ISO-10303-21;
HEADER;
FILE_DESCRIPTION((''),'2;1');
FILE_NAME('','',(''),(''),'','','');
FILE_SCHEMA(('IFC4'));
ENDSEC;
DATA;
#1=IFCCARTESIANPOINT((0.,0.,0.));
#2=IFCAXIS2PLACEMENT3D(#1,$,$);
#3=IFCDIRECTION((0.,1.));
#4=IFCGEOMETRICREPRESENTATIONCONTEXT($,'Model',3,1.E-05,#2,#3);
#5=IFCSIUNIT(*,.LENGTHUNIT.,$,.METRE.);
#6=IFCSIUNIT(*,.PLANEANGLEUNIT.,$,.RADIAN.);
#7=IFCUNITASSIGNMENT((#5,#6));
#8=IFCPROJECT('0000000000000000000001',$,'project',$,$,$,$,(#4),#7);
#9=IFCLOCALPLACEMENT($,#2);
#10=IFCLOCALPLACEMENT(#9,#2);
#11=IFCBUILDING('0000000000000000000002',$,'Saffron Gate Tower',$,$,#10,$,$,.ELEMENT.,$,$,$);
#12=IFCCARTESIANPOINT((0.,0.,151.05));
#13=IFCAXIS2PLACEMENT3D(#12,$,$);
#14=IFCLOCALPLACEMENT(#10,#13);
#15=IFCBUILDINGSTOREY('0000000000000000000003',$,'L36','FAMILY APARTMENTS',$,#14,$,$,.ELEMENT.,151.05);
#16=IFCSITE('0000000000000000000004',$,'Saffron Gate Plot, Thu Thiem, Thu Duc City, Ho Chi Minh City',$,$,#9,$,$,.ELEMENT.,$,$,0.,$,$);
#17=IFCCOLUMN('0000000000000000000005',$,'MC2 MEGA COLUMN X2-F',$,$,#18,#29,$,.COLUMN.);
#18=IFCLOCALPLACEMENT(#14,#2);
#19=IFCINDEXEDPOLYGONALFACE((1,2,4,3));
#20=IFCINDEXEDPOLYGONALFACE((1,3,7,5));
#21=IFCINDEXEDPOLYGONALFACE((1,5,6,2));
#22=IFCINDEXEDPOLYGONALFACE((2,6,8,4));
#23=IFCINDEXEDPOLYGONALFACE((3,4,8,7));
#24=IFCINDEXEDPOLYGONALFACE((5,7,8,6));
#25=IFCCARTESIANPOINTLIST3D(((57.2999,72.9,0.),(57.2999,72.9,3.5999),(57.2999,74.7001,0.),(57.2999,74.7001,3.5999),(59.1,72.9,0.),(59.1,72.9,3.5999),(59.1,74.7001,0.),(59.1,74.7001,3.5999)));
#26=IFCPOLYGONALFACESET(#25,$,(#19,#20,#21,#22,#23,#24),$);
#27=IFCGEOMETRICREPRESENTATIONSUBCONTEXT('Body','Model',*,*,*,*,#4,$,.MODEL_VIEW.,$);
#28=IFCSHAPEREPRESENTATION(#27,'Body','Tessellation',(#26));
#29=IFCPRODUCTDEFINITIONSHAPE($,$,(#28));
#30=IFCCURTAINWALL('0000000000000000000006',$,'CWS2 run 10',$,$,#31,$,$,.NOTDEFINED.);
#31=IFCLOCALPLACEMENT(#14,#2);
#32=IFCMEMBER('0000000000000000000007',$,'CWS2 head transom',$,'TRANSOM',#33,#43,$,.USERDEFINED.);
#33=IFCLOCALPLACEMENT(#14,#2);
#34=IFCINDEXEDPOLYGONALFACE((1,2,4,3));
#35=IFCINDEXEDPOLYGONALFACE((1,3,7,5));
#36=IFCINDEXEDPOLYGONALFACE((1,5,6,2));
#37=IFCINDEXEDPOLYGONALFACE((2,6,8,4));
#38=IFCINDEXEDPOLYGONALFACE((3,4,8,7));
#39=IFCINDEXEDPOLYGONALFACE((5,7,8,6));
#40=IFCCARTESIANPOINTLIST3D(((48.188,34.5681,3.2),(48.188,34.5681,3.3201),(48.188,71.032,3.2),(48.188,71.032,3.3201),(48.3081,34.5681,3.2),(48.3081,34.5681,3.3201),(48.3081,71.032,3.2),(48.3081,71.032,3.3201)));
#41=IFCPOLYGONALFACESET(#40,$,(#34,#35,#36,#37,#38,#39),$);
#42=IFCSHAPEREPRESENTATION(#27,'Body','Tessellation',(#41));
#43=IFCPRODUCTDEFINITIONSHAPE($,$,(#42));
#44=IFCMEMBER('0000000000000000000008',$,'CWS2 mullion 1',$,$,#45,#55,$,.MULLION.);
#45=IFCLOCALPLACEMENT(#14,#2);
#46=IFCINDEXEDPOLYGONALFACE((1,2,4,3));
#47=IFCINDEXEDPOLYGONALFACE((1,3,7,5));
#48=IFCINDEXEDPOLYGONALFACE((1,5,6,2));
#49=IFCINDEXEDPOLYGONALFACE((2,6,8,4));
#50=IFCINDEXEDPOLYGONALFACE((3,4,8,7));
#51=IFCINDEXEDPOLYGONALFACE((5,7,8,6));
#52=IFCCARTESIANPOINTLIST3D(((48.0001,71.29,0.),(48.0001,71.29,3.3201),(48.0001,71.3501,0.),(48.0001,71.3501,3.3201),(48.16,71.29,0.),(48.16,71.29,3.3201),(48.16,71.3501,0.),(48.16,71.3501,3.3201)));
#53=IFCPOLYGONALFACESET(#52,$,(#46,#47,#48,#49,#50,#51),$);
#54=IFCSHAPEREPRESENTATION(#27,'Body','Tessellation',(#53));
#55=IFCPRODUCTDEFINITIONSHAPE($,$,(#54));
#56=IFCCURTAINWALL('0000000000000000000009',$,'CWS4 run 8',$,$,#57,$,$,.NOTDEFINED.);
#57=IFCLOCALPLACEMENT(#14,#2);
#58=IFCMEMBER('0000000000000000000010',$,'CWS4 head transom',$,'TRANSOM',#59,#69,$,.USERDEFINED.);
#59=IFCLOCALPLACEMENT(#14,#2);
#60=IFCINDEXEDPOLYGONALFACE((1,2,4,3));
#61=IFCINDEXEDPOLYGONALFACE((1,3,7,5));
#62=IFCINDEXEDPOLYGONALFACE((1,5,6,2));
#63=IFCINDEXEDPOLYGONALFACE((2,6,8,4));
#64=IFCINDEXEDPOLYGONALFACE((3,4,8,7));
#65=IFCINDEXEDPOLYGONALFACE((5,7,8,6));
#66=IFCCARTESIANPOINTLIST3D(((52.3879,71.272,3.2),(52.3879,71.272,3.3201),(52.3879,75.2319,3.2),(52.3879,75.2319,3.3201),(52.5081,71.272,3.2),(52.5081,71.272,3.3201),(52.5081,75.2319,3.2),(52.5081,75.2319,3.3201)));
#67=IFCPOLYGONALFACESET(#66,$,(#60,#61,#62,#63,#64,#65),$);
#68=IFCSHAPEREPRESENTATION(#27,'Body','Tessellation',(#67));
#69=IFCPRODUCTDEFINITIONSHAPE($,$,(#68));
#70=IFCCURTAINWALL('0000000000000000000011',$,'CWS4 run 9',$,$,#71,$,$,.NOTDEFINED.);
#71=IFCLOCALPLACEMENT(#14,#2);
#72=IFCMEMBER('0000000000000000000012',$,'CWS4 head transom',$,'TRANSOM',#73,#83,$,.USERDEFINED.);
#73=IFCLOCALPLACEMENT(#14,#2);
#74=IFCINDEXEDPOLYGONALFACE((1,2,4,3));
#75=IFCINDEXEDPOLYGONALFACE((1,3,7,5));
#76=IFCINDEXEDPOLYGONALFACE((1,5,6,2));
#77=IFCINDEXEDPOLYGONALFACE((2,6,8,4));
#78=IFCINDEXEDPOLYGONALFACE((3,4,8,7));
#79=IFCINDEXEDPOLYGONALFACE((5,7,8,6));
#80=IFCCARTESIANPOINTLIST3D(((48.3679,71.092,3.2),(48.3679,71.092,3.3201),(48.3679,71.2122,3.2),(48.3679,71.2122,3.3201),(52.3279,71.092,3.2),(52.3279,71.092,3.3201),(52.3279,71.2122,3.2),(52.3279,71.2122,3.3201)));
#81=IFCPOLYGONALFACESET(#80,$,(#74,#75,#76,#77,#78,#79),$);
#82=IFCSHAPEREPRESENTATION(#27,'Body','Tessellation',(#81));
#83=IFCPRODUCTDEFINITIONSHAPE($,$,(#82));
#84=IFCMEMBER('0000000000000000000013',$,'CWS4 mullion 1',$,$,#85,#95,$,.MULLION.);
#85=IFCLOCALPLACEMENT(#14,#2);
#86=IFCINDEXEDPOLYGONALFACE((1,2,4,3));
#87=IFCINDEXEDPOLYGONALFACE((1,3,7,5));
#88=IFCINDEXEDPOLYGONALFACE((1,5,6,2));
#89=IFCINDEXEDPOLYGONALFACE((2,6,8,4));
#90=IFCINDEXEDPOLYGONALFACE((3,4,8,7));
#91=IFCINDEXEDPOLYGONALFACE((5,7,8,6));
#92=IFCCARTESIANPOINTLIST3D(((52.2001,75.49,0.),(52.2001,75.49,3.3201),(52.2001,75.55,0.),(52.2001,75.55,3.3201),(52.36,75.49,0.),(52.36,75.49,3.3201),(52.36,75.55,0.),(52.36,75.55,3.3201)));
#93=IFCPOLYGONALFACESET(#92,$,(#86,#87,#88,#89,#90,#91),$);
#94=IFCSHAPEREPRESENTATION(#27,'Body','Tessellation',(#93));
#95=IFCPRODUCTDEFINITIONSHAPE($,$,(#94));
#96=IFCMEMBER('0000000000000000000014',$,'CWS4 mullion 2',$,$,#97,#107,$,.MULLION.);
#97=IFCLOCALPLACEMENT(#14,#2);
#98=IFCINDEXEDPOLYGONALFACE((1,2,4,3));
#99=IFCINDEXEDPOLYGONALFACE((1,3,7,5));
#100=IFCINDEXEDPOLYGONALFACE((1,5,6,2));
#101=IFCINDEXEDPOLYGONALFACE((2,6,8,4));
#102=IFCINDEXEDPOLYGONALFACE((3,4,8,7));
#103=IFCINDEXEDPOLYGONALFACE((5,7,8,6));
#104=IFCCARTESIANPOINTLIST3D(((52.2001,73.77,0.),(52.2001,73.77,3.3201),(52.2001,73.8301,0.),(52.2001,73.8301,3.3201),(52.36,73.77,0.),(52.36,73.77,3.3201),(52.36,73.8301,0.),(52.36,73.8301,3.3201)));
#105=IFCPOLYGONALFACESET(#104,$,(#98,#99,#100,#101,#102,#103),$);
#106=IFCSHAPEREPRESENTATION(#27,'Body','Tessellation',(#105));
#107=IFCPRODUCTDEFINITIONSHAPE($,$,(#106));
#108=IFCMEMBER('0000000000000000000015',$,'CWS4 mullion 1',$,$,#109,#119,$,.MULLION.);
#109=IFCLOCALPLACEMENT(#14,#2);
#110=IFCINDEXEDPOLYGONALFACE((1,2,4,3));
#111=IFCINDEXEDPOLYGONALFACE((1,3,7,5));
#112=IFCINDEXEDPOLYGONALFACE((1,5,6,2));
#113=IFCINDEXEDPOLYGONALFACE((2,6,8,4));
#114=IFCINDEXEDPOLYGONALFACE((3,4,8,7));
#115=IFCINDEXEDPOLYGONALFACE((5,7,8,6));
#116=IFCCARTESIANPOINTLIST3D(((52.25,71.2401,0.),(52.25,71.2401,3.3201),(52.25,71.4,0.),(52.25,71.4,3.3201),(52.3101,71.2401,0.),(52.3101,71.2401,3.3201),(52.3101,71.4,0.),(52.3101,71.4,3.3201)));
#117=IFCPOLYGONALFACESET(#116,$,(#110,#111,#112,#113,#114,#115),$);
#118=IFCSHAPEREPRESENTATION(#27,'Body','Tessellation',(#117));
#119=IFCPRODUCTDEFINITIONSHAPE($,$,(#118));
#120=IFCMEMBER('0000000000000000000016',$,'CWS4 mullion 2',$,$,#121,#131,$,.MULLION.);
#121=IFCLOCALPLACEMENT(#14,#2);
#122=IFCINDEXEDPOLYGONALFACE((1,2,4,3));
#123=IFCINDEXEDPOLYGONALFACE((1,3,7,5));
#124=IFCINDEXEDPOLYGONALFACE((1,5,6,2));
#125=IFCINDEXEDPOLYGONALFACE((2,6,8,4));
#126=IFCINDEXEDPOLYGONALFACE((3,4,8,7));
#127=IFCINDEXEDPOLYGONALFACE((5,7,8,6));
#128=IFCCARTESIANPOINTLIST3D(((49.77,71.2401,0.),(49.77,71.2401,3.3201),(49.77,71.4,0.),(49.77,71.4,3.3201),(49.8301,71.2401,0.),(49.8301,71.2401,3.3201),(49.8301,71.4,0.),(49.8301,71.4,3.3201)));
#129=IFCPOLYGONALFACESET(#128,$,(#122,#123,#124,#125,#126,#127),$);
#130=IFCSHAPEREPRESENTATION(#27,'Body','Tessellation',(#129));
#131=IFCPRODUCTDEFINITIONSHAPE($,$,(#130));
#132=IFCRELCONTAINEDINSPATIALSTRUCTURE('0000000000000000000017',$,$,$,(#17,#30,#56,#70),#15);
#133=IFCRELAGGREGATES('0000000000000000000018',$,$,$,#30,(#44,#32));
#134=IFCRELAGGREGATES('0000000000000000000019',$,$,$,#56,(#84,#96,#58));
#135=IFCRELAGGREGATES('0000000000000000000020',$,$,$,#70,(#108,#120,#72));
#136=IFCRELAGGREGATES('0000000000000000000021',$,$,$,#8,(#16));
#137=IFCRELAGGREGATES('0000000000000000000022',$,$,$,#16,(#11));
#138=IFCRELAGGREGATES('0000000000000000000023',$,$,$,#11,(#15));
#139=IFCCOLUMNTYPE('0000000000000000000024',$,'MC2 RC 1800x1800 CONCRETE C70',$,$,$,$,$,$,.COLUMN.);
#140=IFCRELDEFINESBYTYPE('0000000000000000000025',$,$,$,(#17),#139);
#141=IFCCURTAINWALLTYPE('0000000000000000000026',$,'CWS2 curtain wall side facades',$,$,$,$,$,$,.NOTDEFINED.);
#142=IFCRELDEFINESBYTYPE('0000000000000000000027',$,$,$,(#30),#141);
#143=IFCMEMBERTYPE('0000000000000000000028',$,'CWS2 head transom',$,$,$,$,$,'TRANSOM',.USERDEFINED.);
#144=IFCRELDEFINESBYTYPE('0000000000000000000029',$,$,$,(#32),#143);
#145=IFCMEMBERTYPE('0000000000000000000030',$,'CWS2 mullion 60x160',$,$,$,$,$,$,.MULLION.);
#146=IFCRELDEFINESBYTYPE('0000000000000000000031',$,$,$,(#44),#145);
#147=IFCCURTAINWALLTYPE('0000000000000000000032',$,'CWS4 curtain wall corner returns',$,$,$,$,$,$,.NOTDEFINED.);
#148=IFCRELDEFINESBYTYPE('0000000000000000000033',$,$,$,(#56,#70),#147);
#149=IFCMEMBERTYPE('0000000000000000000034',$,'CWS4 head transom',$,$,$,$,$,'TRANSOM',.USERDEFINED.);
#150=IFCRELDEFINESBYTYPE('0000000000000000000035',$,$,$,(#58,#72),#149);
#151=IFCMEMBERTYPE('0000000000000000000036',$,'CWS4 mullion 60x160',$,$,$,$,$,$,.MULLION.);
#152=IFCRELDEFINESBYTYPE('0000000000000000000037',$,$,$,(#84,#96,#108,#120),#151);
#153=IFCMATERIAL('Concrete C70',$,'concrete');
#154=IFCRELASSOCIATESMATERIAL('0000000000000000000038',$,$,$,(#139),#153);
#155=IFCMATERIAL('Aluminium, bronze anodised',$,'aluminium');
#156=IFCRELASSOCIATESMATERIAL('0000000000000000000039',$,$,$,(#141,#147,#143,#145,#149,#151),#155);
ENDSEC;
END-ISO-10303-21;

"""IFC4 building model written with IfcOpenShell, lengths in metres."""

from ifc_helpers import new_model, si_unit, direction, frame, origin, origin_2d, place, context, subcontext, project, spatial, rectangle, extrude, material, material_profile, profile_set, type_object, element, aggregate, save


model = new_model("IFC4")

# Units and contexts
model_context = context("Model", 3, precision=1e-05, world=origin(), true_north=direction((0.0, 1.0)))
body_context = subcontext(model_context, "Body", "Model", "MODEL_VIEW")
ifc_project = project(units=[si_unit("LENGTHUNIT", "METRE"), si_unit("PLANEANGLEUNIT", "RADIAN")], contexts=[model_context])

# Site, building, storey
site_placement = place(None, origin())
site = spatial("IfcSite", under=ifc_project, at=site_placement, Name="Saffron Gate Plot, Thu Thiem, Thu Duc City, Ho Chi Minh City", CompositionType="ELEMENT", RefElevation=0.0)
building_placement = place(site_placement, origin())
building = spatial("IfcBuilding", under=site, at=building_placement, Name="Saffron Gate Tower", CompositionType="ELEMENT")
storey_placement = place(building_placement, frame((0.0, 0.0, 151.05)))
storey = spatial("IfcBuildingStorey", under=building, at=storey_placement, Name="L36", Description="FAMILY APARTMENTS", CompositionType="ELEMENT", Elevation=151.05)

# Column
ifc_material_1 = material(Name="Concrete C70", Category="concrete")
ifc_material_profile_1 = material_profile(ifc_material_1, rectangle(XDim=1.8, YDim=1.8, at=origin_2d()))
ifc_profile_set_1 = profile_set([ifc_material_profile_1], Name="Concrete C70")
column_type = type_object("IfcColumnType", Name="MC2 RC 1800x1800 CONCRETE C70", PredefinedType="COLUMN", material=ifc_profile_set_1)
column_placement = place(storey_placement, frame((58.2, 73.8, 0.0), z_axis=(0.0, 0.0, 1.0), x_axis=(1.0, 0.0, 0.0)))
element("IfcColumn", 1, at=column_placement, inside=storey, type_object=column_type, Name="MC2 MEGA COLUMN X2-F", PredefinedType="COLUMN", context=body_context, shape_type="SweptSolid", body=[
    extrude(rectangle(XDim=1.8, YDim=1.8, at=origin_2d()), origin(), (0.0, 0.0, 1.0), 3.5999),
])

# Curtain wall, members
ifc_material_2 = material(Name="Aluminium, bronze anodised", Category="aluminium")
curtain_wall_type_1 = type_object("IfcCurtainWallType", Name="CWS2 curtain wall side facades", PredefinedType="NOTDEFINED", material=ifc_material_2)
curtain_wall_1_placement = place(storey_placement, origin())
curtain_wall_1 = element("IfcCurtainWall", 2, at=curtain_wall_1_placement, inside=storey, type_object=curtain_wall_type_1, Name="CWS2 run 10", PredefinedType="NOTDEFINED")
ifc_material_profile_2 = material_profile(ifc_material_2, rectangle(XDim=0.1201, YDim=0.1201, at=origin_2d()))
ifc_profile_set_2 = profile_set([ifc_material_profile_2], Name="Aluminium, bronze anodised")
member_type_1 = type_object("IfcMemberType", Name="CWS2 head transom", ElementType="TRANSOM", PredefinedType="USERDEFINED", material=ifc_profile_set_2)
member_1_placement = place(storey_placement, frame((48.248, 71.032, 3.26), z_axis=(0.0, -1.0, 0.0), x_axis=(1.0, 0.0, 0.0)))
member_1 = element("IfcMember", 3, at=member_1_placement, type_object=member_type_1, Name="CWS2 head transom", ObjectType="TRANSOM", PredefinedType="USERDEFINED", context=body_context, shape_type="SweptSolid", body=[
    extrude(rectangle(XDim=0.1201, YDim=0.1201, at=origin_2d()), origin(), (0.0, 0.0, 1.0), 36.4639),
])
ifc_material_profile_3 = material_profile(ifc_material_2, rectangle(XDim=0.1599, YDim=0.0601, at=origin_2d()))
ifc_profile_set_3 = profile_set([ifc_material_profile_3], Name="Aluminium, bronze anodised")
member_type_2 = type_object("IfcMemberType", Name="CWS2 mullion 60x160", PredefinedType="MULLION", material=ifc_profile_set_3)
member_2_placement = place(storey_placement, frame((48.0801, 71.3201, 0.0), z_axis=(0.0, 0.0, 1.0), x_axis=(1.0, 0.0, 0.0)))
member_2 = element("IfcMember", 4, at=member_2_placement, type_object=member_type_2, Name="CWS2 mullion 1", PredefinedType="MULLION", context=body_context, shape_type="SweptSolid", body=[
    extrude(rectangle(XDim=0.1599, YDim=0.0601, at=origin_2d()), origin(), (0.0, 0.0, 1.0), 3.3201),
])

# Curtain walls, members
curtain_wall_type_2 = type_object("IfcCurtainWallType", Name="CWS4 curtain wall corner returns", PredefinedType="NOTDEFINED", material=ifc_material_2)
curtain_wall_2_placement = place(storey_placement, origin())
curtain_wall_2 = element("IfcCurtainWall", 5, at=curtain_wall_2_placement, inside=storey, type_object=curtain_wall_type_2, Name="CWS4 run 8", PredefinedType="NOTDEFINED")
ifc_material_profile_4 = material_profile(ifc_material_2, rectangle(XDim=0.1201, YDim=0.1201, at=origin_2d()))
ifc_profile_set_4 = profile_set([ifc_material_profile_4], Name="Aluminium, bronze anodised")
member_type_3 = type_object("IfcMemberType", Name="CWS4 head transom", ElementType="TRANSOM", PredefinedType="USERDEFINED", material=ifc_profile_set_4)
member_3_placement = place(storey_placement, frame((52.448, 75.2319, 3.26), z_axis=(0.0, -1.0, 0.0), x_axis=(1.0, 0.0, 0.0)))
member_3 = element("IfcMember", 6, at=member_3_placement, type_object=member_type_3, Name="CWS4 head transom", ObjectType="TRANSOM", PredefinedType="USERDEFINED", context=body_context, shape_type="SweptSolid", body=[
    extrude(rectangle(XDim=0.1201, YDim=0.1201, at=origin_2d()), origin(), (0.0, 0.0, 1.0), 3.96),
])
curtain_wall_3_placement = place(storey_placement, origin())
curtain_wall_3 = element("IfcCurtainWall", 7, at=curtain_wall_3_placement, inside=storey, type_object=curtain_wall_type_2, Name="CWS4 run 9", PredefinedType="NOTDEFINED")
member_4_placement = place(storey_placement, frame((52.3279, 71.1521, 3.26), z_axis=(-1.0, 0.0, 0.0), x_axis=(0.0, -1.0, 0.0)))
member_4 = element("IfcMember", 8, at=member_4_placement, type_object=member_type_3, Name="CWS4 head transom", ObjectType="TRANSOM", PredefinedType="USERDEFINED", context=body_context, shape_type="SweptSolid", body=[
    extrude(rectangle(XDim=0.1201, YDim=0.1201, at=origin_2d()), origin(), (0.0, 0.0, 1.0), 3.96),
])

# Members
ifc_material_profile_5 = material_profile(ifc_material_2, rectangle(XDim=0.1599, YDim=0.0601, at=origin_2d()))
ifc_profile_set_5 = profile_set([ifc_material_profile_5], Name="Aluminium, bronze anodised")
member_type_4 = type_object("IfcMemberType", Name="CWS4 mullion 60x160", PredefinedType="MULLION", material=ifc_profile_set_5)
member_5_placement = place(storey_placement, frame((52.28, 75.52, 0.0), z_axis=(0.0, 0.0, 1.0), x_axis=(1.0, 0.0, 0.0)))
member_5 = element("IfcMember", 9, at=member_5_placement, type_object=member_type_4, Name="CWS4 mullion 1", PredefinedType="MULLION", context=body_context, shape_type="SweptSolid", body=[
    extrude(rectangle(XDim=0.1599, YDim=0.0601, at=origin_2d()), origin(), (0.0, 0.0, 1.0), 3.3201),
])
member_6_placement = place(storey_placement, frame((52.28, 73.8, 0.0), z_axis=(0.0, 0.0, 1.0), x_axis=(1.0, 0.0, 0.0)))
member_6 = element("IfcMember", 10, at=member_6_placement, type_object=member_type_4, Name="CWS4 mullion 2", PredefinedType="MULLION", context=body_context, shape_type="SweptSolid", body=[
    extrude(rectangle(XDim=0.1599, YDim=0.0601, at=origin_2d()), origin(), (0.0, 0.0, 1.0), 3.3201),
])
member_7_placement = place(storey_placement, frame((52.28, 71.3201, 0.0), z_axis=(0.0, 0.0, 1.0), x_axis=(0.0, -1.0, 0.0)))
member_7 = element("IfcMember", 11, at=member_7_placement, type_object=member_type_4, Name="CWS4 mullion 1", PredefinedType="MULLION", context=body_context, shape_type="SweptSolid", body=[
    extrude(rectangle(XDim=0.1599, YDim=0.0601, at=origin_2d()), origin(), (0.0, 0.0, 1.0), 3.3201),
])
member_8_placement = place(storey_placement, frame((49.8, 71.3201, 0.0), z_axis=(0.0, 0.0, 1.0), x_axis=(0.0, -1.0, 0.0)))
member_8 = element("IfcMember", 12, at=member_8_placement, type_object=member_type_4, Name="CWS4 mullion 2", PredefinedType="MULLION", context=body_context, shape_type="SweptSolid", body=[
    extrude(rectangle(XDim=0.1599, YDim=0.0601, at=origin_2d()), origin(), (0.0, 0.0, 1.0), 3.3201),
])

aggregate(curtain_wall_1, [member_2, member_1])

aggregate(curtain_wall_2, [member_5, member_6, member_3])
aggregate(curtain_wall_3, [member_7, member_8, member_4])

save(model, "model.ifc")
